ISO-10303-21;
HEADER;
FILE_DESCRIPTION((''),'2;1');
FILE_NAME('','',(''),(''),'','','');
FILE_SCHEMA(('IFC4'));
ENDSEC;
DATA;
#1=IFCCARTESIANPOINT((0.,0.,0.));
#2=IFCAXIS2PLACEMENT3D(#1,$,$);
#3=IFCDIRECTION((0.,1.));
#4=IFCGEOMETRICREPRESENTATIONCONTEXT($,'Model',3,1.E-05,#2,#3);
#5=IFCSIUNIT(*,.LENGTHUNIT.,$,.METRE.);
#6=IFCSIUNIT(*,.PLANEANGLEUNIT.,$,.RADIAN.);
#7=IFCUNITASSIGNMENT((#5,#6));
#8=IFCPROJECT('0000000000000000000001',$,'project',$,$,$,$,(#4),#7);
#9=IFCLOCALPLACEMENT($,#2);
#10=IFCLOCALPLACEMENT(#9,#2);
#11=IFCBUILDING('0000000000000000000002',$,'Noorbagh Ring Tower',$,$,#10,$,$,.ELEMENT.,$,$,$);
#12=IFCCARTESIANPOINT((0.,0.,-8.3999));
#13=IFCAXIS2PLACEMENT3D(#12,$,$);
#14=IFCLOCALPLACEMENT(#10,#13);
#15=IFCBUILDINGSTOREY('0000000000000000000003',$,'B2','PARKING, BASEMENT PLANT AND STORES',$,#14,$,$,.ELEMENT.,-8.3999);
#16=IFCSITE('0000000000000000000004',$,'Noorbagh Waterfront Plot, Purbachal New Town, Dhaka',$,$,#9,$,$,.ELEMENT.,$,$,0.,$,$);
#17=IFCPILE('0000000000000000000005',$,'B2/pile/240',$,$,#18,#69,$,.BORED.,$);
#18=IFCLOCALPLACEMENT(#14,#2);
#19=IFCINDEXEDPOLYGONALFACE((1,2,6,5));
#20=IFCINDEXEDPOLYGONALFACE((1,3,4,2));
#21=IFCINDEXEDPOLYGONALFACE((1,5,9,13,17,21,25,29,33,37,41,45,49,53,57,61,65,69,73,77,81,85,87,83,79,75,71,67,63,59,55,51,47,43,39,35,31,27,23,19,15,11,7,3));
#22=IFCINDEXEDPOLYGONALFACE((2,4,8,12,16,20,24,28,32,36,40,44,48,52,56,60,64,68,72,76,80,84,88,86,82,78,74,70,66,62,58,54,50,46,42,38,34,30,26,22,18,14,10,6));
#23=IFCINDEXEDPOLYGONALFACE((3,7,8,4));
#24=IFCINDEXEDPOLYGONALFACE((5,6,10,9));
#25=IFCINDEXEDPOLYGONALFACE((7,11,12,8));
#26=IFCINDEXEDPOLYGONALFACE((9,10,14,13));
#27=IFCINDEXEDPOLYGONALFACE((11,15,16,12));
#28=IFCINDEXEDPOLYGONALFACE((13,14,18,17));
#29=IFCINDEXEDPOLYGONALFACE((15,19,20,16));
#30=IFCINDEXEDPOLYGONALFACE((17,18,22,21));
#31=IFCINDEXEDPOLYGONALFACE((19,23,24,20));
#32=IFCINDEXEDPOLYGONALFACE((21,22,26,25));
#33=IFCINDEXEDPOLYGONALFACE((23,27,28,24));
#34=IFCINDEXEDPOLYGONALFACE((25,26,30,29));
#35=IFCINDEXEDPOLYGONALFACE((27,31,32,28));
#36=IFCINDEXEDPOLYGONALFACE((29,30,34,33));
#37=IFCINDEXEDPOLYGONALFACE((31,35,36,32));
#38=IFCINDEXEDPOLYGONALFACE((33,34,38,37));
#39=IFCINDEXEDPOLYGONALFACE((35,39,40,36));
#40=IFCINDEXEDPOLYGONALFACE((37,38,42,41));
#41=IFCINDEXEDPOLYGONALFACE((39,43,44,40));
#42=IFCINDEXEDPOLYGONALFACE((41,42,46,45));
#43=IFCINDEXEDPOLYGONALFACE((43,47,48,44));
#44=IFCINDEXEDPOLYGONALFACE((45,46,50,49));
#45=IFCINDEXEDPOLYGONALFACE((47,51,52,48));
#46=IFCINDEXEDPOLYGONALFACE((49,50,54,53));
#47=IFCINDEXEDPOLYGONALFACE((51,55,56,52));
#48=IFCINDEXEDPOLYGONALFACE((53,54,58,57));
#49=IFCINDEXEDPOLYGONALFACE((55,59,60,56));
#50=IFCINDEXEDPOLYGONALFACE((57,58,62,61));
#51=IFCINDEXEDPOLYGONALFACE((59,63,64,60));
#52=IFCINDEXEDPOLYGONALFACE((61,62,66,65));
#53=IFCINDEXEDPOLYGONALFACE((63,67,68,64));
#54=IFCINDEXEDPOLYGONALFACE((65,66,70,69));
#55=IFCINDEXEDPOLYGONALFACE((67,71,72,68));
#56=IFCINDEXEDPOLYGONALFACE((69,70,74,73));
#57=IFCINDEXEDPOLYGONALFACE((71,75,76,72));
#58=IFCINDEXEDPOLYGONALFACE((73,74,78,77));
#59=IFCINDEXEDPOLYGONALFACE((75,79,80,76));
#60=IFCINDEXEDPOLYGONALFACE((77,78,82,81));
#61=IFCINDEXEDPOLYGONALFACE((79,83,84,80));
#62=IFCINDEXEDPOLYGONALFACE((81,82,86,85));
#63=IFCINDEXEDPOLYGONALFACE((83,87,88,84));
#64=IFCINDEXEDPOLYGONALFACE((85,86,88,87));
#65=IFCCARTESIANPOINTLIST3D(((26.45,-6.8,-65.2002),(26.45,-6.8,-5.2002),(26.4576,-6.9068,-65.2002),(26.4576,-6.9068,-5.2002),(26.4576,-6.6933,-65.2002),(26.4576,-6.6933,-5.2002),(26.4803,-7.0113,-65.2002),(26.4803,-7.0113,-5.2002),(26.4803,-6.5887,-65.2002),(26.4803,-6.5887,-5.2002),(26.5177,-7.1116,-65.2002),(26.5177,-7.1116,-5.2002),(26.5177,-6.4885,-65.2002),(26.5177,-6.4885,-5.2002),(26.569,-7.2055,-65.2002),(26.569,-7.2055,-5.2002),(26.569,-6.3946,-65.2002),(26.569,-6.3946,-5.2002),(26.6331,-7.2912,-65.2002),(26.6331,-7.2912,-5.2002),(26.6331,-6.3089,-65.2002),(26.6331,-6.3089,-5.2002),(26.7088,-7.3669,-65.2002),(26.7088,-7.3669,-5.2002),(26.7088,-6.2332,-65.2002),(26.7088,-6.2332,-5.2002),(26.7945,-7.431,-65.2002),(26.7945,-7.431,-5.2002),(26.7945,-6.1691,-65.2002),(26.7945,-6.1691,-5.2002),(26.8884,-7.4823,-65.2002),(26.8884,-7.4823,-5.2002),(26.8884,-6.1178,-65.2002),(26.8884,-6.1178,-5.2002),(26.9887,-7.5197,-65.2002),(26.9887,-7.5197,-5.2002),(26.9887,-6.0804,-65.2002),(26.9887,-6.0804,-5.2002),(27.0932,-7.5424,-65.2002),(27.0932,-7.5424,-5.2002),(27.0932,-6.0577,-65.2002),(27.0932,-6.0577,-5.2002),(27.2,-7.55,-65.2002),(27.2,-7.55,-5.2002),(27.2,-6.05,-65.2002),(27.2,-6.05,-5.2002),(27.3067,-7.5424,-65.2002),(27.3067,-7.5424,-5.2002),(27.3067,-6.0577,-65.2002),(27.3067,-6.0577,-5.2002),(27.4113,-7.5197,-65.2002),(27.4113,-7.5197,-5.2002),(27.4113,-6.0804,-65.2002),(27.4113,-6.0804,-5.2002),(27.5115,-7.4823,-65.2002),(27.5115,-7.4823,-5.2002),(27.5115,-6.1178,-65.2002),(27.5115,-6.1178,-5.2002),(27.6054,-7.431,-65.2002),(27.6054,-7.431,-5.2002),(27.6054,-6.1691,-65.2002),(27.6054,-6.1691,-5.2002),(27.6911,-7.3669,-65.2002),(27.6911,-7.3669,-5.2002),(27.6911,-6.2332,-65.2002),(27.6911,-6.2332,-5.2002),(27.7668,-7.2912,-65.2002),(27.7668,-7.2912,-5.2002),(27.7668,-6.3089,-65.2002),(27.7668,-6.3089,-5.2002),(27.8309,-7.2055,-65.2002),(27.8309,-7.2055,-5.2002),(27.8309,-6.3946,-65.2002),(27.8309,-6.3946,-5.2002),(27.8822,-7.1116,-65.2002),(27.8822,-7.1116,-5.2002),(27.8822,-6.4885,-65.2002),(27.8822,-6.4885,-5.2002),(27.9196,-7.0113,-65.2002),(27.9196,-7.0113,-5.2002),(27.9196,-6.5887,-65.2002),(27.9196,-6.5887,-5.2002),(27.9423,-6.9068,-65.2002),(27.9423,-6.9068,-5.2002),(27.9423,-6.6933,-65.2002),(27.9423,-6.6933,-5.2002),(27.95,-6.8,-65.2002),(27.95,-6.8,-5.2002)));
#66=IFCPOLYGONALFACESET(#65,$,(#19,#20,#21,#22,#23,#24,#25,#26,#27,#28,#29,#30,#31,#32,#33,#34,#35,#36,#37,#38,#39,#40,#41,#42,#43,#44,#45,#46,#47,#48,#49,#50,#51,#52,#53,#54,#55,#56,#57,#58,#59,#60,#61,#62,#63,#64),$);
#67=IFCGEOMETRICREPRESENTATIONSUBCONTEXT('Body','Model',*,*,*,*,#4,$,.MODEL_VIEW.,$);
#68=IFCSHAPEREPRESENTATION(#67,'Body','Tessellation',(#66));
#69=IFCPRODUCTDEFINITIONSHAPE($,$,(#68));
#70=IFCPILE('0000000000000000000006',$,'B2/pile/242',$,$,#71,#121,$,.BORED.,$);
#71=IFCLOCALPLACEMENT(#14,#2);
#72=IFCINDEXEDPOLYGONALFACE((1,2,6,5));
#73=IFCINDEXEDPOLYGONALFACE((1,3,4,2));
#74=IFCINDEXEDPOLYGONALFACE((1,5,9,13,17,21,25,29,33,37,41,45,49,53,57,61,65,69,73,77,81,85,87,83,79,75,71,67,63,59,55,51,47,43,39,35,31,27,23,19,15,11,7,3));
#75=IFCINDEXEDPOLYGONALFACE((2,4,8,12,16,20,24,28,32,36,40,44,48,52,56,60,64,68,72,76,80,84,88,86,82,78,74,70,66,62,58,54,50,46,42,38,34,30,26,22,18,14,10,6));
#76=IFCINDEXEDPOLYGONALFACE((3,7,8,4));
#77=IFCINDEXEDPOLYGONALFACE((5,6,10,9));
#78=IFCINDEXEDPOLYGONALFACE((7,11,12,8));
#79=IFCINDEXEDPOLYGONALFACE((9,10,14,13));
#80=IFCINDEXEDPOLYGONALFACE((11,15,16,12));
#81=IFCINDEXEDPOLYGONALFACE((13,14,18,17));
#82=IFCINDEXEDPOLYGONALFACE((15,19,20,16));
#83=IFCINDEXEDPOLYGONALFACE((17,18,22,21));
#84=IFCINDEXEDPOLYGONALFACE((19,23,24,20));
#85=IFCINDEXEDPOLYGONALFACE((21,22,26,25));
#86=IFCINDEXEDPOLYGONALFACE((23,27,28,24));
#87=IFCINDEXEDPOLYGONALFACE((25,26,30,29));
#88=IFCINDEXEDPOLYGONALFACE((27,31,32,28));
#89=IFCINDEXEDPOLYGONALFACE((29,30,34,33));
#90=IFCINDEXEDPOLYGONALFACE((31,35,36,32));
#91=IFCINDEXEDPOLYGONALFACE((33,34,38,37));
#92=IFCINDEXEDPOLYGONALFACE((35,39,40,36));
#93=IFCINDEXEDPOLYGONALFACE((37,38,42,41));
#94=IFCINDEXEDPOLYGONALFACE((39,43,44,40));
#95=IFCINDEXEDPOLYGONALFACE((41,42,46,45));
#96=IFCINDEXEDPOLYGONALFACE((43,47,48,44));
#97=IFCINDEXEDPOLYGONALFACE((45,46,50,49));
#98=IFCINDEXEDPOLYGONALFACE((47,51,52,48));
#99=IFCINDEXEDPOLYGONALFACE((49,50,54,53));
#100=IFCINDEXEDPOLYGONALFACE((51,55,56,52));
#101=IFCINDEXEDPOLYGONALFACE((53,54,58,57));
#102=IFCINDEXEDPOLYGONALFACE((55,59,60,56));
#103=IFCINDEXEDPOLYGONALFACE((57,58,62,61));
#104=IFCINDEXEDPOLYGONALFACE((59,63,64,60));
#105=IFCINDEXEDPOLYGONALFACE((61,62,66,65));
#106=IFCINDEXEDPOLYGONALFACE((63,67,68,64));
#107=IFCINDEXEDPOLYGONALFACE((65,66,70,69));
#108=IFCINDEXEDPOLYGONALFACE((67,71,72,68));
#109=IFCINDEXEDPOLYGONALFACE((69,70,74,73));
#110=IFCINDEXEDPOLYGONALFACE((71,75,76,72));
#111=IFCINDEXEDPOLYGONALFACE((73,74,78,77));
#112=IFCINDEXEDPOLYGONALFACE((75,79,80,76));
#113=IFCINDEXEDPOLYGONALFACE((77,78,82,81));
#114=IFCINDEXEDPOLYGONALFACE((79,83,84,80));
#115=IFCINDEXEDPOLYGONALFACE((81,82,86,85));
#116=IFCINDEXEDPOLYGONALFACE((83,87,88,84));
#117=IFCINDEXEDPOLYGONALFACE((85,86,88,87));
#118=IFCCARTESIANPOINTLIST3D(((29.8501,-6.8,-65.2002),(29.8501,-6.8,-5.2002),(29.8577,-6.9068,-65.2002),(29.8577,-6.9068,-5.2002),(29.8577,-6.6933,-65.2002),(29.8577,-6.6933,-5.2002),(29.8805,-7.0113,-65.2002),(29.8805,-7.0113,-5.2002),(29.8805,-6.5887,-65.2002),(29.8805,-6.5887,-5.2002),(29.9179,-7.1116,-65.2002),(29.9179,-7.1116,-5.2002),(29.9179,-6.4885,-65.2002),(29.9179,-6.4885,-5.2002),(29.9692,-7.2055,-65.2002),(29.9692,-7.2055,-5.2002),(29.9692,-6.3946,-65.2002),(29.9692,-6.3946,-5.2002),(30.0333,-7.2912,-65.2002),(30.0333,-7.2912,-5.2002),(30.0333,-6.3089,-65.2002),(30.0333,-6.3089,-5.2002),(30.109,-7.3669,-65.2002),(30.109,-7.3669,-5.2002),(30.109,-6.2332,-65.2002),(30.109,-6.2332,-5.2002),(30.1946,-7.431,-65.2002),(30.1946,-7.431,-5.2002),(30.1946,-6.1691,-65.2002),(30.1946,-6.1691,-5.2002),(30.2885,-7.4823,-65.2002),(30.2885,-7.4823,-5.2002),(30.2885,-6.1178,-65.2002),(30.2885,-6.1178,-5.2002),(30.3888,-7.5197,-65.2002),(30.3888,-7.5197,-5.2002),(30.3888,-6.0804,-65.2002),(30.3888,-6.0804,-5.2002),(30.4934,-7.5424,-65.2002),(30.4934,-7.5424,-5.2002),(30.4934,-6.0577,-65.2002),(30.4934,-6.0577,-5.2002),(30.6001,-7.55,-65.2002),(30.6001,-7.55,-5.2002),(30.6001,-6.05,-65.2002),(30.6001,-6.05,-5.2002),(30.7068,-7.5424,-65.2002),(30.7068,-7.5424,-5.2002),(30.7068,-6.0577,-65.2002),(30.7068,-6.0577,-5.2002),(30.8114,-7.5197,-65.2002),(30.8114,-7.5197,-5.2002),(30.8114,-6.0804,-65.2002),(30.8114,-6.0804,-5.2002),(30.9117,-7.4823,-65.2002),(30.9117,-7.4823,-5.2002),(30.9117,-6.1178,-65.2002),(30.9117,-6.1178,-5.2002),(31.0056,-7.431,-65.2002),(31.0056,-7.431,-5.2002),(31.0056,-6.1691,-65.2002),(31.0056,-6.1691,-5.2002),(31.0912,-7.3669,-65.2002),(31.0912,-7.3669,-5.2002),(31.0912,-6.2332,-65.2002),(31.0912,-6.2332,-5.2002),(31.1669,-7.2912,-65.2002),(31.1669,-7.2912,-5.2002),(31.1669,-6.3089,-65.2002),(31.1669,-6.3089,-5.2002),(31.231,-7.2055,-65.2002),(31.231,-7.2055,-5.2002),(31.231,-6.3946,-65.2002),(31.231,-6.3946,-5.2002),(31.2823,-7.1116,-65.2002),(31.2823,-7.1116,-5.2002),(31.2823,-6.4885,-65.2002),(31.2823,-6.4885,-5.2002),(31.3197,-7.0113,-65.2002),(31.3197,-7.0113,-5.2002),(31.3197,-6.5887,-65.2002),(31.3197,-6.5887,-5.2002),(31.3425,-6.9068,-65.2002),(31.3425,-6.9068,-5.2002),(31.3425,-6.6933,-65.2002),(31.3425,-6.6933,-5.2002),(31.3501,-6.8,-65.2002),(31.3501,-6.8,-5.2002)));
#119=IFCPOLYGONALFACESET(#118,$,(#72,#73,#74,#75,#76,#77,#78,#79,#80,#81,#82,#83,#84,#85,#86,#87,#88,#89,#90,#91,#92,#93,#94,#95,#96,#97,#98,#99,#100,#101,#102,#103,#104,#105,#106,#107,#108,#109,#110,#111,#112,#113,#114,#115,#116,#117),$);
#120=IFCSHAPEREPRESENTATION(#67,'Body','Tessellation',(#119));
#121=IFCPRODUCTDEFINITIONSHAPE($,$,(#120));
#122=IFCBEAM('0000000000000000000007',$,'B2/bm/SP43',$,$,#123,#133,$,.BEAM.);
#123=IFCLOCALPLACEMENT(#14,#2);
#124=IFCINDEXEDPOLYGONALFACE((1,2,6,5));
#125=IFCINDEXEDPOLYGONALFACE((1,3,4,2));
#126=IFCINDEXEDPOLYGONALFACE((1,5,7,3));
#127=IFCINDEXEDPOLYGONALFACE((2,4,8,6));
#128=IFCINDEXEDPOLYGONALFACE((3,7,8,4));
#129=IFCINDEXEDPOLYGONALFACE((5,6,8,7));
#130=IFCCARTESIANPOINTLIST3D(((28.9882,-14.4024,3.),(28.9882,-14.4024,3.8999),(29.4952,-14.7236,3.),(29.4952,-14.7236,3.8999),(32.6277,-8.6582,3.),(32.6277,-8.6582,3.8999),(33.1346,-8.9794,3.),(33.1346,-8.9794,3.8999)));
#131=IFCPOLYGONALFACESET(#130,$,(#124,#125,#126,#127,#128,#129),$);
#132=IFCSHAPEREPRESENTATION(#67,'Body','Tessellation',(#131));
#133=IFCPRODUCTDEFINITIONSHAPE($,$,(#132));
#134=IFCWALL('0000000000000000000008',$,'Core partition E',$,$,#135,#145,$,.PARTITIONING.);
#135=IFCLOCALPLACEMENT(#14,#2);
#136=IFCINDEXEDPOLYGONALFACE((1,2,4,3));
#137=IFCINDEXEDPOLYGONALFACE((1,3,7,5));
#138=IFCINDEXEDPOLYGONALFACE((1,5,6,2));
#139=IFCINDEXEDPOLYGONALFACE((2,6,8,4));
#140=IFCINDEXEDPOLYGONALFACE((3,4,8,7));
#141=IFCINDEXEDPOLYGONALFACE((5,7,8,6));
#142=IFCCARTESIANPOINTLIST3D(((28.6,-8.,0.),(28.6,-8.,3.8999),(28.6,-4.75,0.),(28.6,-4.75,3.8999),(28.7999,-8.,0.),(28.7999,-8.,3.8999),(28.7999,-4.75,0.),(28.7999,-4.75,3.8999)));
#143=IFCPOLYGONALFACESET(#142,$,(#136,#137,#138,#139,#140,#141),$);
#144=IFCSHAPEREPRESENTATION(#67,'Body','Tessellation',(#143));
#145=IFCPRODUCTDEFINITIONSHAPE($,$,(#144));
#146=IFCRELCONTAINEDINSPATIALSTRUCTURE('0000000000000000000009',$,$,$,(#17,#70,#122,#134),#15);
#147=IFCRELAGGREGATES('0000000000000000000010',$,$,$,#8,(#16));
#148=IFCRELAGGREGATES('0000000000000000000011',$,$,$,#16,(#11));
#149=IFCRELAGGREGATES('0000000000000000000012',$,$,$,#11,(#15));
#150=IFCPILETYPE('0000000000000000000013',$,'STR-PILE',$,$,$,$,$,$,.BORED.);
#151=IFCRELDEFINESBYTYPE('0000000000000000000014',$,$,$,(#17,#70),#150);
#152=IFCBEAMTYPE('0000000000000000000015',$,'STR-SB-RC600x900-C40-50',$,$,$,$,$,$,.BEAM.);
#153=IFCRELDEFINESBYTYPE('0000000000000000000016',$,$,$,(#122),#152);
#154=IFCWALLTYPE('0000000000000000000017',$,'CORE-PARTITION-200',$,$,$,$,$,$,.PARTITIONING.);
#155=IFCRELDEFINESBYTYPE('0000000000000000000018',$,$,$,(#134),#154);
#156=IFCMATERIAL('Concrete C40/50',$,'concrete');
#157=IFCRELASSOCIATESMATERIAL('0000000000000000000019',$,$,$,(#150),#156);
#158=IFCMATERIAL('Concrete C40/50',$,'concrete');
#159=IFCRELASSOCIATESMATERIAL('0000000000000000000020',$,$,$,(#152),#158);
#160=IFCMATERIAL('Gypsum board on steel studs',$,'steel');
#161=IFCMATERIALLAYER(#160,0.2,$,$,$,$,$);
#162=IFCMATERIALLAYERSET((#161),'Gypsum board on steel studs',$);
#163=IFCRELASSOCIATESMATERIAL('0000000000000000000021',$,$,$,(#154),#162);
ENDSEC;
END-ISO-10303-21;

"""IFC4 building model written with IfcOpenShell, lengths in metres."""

from ifc_helpers import new_model, si_unit, direction, frame, frame_2d, origin, origin_2d, place, context, subcontext, project, spatial, rectangle, circle, extrude, material, layer, layer_set, material_profile, profile_set, type_object, element, save


model = new_model("IFC4")

# Units and contexts
model_context = context("Model", 3, precision=1e-05, world=origin(), true_north=direction((0.0, 1.0)))
body_context = subcontext(model_context, "Body", "Model", "MODEL_VIEW")
ifc_project = project(units=[si_unit("LENGTHUNIT", "METRE"), si_unit("PLANEANGLEUNIT", "RADIAN")], contexts=[model_context])

# Site, building, storey
site_placement = place(None, origin())
site = spatial("IfcSite", under=ifc_project, at=site_placement, Name="Noorbagh Waterfront Plot, Purbachal New Town, Dhaka", CompositionType="ELEMENT", RefElevation=0.0)
building_placement = place(site_placement, origin())
building = spatial("IfcBuilding", under=site, at=building_placement, Name="Noorbagh Ring Tower", CompositionType="ELEMENT")
storey_placement = place(building_placement, frame((0.0, 0.0, -8.3999)))
storey = spatial("IfcBuildingStorey", under=building, at=storey_placement, Name="B2", Description="PARKING, BASEMENT PLANT AND STORES", CompositionType="ELEMENT", Elevation=-8.3999)

# Piles
ifc_material_1 = material(Name="Concrete C40/50", Category="concrete")
ifc_material_profile_1 = material_profile(ifc_material_1, circle(Radius=0.75, at=origin_2d()), Name="PILE1500")
ifc_profile_set_1 = profile_set([ifc_material_profile_1], Name="Concrete C40/50")
pile_type = type_object("IfcPileType", Name="STR-PILE", PredefinedType="BORED", material=ifc_profile_set_1)
for number, where, z_axis, x_axis, name in (
    (1, (27.2, -6.8, -5.2002), (0.0, 0.0, -1.0), (1.0, 0.0, 0.0), "B2/pile/240"),
    (2, (30.6001, -6.8, -5.2002), (0.0, 0.0, -1.0), (1.0, 0.0, 0.0), "B2/pile/242"),
):
    element("IfcPile", number, at=place(storey_placement, frame(where, z_axis=z_axis, x_axis=x_axis)), inside=storey, type_object=pile_type, Name=name, PredefinedType="BORED", context=body_context, shape_type="SweptSolid", body=[
        extrude(circle(Radius=0.75, at=origin_2d()), origin(), (0.0, 0.0, 1.0), 60.0),
    ])

# Beam
ifc_material_2 = material(Name="Concrete C40/50", Category="concrete")
ifc_material_profile_2 = material_profile(ifc_material_2, rectangle(XDim=0.6001, YDim=0.8999, at=origin_2d()), Name="RC600x900")
ifc_profile_set_2 = profile_set([ifc_material_profile_2], Name="Concrete C40/50")
beam_type = type_object("IfcBeamType", Name="STR-SB-RC600x900-C40-50", PredefinedType="BEAM", material=ifc_profile_set_2)
beam_placement = place(storey_placement, frame((29.2417, -14.563, 3.45), z_axis=(0.535204, 0.844723, 0.0), x_axis=(-0.844723, 0.535204, 0.0)))
element("IfcBeam", 3, at=beam_placement, inside=storey, type_object=beam_type, Name="B2/bm/SP43", PredefinedType="BEAM", context=body_context, shape_type="SweptSolid", body=[
    extrude(rectangle(XDim=0.6001, YDim=0.8999, at=origin_2d()), origin(), (0.0, 0.0, 1.0), 6.8),
])

# Wall
ifc_material_3 = material(Name="Gypsum board on steel studs", Category="steel")
ifc_layer_1 = layer(ifc_material_3, 0.2)
ifc_layer_set_1 = layer_set([ifc_layer_1], Name="Gypsum board on steel studs")
wall_type_1 = type_object("IfcWallType", Name="CORE-PARTITION-200", PredefinedType="PARTITIONING", material=ifc_layer_set_1)
wall_1_placement = place(storey_placement, frame((28.7, -8.0, 0.0), z_axis=(0.0, 0.0, 1.0), x_axis=(0.0, 1.0, 0.0)))
element("IfcWall", 4, at=wall_1_placement, inside=storey, type_object=wall_type_1, Name="Core partition E", PredefinedType="PARTITIONING", context=body_context, shape_type="SweptSolid", body=[
    extrude(rectangle(XDim=3.25, YDim=0.2, at=frame_2d((1.625, 0.0))), origin(), (0.0, 0.0, 1.0), 3.8999),
])

save(model, "model.ifc")
